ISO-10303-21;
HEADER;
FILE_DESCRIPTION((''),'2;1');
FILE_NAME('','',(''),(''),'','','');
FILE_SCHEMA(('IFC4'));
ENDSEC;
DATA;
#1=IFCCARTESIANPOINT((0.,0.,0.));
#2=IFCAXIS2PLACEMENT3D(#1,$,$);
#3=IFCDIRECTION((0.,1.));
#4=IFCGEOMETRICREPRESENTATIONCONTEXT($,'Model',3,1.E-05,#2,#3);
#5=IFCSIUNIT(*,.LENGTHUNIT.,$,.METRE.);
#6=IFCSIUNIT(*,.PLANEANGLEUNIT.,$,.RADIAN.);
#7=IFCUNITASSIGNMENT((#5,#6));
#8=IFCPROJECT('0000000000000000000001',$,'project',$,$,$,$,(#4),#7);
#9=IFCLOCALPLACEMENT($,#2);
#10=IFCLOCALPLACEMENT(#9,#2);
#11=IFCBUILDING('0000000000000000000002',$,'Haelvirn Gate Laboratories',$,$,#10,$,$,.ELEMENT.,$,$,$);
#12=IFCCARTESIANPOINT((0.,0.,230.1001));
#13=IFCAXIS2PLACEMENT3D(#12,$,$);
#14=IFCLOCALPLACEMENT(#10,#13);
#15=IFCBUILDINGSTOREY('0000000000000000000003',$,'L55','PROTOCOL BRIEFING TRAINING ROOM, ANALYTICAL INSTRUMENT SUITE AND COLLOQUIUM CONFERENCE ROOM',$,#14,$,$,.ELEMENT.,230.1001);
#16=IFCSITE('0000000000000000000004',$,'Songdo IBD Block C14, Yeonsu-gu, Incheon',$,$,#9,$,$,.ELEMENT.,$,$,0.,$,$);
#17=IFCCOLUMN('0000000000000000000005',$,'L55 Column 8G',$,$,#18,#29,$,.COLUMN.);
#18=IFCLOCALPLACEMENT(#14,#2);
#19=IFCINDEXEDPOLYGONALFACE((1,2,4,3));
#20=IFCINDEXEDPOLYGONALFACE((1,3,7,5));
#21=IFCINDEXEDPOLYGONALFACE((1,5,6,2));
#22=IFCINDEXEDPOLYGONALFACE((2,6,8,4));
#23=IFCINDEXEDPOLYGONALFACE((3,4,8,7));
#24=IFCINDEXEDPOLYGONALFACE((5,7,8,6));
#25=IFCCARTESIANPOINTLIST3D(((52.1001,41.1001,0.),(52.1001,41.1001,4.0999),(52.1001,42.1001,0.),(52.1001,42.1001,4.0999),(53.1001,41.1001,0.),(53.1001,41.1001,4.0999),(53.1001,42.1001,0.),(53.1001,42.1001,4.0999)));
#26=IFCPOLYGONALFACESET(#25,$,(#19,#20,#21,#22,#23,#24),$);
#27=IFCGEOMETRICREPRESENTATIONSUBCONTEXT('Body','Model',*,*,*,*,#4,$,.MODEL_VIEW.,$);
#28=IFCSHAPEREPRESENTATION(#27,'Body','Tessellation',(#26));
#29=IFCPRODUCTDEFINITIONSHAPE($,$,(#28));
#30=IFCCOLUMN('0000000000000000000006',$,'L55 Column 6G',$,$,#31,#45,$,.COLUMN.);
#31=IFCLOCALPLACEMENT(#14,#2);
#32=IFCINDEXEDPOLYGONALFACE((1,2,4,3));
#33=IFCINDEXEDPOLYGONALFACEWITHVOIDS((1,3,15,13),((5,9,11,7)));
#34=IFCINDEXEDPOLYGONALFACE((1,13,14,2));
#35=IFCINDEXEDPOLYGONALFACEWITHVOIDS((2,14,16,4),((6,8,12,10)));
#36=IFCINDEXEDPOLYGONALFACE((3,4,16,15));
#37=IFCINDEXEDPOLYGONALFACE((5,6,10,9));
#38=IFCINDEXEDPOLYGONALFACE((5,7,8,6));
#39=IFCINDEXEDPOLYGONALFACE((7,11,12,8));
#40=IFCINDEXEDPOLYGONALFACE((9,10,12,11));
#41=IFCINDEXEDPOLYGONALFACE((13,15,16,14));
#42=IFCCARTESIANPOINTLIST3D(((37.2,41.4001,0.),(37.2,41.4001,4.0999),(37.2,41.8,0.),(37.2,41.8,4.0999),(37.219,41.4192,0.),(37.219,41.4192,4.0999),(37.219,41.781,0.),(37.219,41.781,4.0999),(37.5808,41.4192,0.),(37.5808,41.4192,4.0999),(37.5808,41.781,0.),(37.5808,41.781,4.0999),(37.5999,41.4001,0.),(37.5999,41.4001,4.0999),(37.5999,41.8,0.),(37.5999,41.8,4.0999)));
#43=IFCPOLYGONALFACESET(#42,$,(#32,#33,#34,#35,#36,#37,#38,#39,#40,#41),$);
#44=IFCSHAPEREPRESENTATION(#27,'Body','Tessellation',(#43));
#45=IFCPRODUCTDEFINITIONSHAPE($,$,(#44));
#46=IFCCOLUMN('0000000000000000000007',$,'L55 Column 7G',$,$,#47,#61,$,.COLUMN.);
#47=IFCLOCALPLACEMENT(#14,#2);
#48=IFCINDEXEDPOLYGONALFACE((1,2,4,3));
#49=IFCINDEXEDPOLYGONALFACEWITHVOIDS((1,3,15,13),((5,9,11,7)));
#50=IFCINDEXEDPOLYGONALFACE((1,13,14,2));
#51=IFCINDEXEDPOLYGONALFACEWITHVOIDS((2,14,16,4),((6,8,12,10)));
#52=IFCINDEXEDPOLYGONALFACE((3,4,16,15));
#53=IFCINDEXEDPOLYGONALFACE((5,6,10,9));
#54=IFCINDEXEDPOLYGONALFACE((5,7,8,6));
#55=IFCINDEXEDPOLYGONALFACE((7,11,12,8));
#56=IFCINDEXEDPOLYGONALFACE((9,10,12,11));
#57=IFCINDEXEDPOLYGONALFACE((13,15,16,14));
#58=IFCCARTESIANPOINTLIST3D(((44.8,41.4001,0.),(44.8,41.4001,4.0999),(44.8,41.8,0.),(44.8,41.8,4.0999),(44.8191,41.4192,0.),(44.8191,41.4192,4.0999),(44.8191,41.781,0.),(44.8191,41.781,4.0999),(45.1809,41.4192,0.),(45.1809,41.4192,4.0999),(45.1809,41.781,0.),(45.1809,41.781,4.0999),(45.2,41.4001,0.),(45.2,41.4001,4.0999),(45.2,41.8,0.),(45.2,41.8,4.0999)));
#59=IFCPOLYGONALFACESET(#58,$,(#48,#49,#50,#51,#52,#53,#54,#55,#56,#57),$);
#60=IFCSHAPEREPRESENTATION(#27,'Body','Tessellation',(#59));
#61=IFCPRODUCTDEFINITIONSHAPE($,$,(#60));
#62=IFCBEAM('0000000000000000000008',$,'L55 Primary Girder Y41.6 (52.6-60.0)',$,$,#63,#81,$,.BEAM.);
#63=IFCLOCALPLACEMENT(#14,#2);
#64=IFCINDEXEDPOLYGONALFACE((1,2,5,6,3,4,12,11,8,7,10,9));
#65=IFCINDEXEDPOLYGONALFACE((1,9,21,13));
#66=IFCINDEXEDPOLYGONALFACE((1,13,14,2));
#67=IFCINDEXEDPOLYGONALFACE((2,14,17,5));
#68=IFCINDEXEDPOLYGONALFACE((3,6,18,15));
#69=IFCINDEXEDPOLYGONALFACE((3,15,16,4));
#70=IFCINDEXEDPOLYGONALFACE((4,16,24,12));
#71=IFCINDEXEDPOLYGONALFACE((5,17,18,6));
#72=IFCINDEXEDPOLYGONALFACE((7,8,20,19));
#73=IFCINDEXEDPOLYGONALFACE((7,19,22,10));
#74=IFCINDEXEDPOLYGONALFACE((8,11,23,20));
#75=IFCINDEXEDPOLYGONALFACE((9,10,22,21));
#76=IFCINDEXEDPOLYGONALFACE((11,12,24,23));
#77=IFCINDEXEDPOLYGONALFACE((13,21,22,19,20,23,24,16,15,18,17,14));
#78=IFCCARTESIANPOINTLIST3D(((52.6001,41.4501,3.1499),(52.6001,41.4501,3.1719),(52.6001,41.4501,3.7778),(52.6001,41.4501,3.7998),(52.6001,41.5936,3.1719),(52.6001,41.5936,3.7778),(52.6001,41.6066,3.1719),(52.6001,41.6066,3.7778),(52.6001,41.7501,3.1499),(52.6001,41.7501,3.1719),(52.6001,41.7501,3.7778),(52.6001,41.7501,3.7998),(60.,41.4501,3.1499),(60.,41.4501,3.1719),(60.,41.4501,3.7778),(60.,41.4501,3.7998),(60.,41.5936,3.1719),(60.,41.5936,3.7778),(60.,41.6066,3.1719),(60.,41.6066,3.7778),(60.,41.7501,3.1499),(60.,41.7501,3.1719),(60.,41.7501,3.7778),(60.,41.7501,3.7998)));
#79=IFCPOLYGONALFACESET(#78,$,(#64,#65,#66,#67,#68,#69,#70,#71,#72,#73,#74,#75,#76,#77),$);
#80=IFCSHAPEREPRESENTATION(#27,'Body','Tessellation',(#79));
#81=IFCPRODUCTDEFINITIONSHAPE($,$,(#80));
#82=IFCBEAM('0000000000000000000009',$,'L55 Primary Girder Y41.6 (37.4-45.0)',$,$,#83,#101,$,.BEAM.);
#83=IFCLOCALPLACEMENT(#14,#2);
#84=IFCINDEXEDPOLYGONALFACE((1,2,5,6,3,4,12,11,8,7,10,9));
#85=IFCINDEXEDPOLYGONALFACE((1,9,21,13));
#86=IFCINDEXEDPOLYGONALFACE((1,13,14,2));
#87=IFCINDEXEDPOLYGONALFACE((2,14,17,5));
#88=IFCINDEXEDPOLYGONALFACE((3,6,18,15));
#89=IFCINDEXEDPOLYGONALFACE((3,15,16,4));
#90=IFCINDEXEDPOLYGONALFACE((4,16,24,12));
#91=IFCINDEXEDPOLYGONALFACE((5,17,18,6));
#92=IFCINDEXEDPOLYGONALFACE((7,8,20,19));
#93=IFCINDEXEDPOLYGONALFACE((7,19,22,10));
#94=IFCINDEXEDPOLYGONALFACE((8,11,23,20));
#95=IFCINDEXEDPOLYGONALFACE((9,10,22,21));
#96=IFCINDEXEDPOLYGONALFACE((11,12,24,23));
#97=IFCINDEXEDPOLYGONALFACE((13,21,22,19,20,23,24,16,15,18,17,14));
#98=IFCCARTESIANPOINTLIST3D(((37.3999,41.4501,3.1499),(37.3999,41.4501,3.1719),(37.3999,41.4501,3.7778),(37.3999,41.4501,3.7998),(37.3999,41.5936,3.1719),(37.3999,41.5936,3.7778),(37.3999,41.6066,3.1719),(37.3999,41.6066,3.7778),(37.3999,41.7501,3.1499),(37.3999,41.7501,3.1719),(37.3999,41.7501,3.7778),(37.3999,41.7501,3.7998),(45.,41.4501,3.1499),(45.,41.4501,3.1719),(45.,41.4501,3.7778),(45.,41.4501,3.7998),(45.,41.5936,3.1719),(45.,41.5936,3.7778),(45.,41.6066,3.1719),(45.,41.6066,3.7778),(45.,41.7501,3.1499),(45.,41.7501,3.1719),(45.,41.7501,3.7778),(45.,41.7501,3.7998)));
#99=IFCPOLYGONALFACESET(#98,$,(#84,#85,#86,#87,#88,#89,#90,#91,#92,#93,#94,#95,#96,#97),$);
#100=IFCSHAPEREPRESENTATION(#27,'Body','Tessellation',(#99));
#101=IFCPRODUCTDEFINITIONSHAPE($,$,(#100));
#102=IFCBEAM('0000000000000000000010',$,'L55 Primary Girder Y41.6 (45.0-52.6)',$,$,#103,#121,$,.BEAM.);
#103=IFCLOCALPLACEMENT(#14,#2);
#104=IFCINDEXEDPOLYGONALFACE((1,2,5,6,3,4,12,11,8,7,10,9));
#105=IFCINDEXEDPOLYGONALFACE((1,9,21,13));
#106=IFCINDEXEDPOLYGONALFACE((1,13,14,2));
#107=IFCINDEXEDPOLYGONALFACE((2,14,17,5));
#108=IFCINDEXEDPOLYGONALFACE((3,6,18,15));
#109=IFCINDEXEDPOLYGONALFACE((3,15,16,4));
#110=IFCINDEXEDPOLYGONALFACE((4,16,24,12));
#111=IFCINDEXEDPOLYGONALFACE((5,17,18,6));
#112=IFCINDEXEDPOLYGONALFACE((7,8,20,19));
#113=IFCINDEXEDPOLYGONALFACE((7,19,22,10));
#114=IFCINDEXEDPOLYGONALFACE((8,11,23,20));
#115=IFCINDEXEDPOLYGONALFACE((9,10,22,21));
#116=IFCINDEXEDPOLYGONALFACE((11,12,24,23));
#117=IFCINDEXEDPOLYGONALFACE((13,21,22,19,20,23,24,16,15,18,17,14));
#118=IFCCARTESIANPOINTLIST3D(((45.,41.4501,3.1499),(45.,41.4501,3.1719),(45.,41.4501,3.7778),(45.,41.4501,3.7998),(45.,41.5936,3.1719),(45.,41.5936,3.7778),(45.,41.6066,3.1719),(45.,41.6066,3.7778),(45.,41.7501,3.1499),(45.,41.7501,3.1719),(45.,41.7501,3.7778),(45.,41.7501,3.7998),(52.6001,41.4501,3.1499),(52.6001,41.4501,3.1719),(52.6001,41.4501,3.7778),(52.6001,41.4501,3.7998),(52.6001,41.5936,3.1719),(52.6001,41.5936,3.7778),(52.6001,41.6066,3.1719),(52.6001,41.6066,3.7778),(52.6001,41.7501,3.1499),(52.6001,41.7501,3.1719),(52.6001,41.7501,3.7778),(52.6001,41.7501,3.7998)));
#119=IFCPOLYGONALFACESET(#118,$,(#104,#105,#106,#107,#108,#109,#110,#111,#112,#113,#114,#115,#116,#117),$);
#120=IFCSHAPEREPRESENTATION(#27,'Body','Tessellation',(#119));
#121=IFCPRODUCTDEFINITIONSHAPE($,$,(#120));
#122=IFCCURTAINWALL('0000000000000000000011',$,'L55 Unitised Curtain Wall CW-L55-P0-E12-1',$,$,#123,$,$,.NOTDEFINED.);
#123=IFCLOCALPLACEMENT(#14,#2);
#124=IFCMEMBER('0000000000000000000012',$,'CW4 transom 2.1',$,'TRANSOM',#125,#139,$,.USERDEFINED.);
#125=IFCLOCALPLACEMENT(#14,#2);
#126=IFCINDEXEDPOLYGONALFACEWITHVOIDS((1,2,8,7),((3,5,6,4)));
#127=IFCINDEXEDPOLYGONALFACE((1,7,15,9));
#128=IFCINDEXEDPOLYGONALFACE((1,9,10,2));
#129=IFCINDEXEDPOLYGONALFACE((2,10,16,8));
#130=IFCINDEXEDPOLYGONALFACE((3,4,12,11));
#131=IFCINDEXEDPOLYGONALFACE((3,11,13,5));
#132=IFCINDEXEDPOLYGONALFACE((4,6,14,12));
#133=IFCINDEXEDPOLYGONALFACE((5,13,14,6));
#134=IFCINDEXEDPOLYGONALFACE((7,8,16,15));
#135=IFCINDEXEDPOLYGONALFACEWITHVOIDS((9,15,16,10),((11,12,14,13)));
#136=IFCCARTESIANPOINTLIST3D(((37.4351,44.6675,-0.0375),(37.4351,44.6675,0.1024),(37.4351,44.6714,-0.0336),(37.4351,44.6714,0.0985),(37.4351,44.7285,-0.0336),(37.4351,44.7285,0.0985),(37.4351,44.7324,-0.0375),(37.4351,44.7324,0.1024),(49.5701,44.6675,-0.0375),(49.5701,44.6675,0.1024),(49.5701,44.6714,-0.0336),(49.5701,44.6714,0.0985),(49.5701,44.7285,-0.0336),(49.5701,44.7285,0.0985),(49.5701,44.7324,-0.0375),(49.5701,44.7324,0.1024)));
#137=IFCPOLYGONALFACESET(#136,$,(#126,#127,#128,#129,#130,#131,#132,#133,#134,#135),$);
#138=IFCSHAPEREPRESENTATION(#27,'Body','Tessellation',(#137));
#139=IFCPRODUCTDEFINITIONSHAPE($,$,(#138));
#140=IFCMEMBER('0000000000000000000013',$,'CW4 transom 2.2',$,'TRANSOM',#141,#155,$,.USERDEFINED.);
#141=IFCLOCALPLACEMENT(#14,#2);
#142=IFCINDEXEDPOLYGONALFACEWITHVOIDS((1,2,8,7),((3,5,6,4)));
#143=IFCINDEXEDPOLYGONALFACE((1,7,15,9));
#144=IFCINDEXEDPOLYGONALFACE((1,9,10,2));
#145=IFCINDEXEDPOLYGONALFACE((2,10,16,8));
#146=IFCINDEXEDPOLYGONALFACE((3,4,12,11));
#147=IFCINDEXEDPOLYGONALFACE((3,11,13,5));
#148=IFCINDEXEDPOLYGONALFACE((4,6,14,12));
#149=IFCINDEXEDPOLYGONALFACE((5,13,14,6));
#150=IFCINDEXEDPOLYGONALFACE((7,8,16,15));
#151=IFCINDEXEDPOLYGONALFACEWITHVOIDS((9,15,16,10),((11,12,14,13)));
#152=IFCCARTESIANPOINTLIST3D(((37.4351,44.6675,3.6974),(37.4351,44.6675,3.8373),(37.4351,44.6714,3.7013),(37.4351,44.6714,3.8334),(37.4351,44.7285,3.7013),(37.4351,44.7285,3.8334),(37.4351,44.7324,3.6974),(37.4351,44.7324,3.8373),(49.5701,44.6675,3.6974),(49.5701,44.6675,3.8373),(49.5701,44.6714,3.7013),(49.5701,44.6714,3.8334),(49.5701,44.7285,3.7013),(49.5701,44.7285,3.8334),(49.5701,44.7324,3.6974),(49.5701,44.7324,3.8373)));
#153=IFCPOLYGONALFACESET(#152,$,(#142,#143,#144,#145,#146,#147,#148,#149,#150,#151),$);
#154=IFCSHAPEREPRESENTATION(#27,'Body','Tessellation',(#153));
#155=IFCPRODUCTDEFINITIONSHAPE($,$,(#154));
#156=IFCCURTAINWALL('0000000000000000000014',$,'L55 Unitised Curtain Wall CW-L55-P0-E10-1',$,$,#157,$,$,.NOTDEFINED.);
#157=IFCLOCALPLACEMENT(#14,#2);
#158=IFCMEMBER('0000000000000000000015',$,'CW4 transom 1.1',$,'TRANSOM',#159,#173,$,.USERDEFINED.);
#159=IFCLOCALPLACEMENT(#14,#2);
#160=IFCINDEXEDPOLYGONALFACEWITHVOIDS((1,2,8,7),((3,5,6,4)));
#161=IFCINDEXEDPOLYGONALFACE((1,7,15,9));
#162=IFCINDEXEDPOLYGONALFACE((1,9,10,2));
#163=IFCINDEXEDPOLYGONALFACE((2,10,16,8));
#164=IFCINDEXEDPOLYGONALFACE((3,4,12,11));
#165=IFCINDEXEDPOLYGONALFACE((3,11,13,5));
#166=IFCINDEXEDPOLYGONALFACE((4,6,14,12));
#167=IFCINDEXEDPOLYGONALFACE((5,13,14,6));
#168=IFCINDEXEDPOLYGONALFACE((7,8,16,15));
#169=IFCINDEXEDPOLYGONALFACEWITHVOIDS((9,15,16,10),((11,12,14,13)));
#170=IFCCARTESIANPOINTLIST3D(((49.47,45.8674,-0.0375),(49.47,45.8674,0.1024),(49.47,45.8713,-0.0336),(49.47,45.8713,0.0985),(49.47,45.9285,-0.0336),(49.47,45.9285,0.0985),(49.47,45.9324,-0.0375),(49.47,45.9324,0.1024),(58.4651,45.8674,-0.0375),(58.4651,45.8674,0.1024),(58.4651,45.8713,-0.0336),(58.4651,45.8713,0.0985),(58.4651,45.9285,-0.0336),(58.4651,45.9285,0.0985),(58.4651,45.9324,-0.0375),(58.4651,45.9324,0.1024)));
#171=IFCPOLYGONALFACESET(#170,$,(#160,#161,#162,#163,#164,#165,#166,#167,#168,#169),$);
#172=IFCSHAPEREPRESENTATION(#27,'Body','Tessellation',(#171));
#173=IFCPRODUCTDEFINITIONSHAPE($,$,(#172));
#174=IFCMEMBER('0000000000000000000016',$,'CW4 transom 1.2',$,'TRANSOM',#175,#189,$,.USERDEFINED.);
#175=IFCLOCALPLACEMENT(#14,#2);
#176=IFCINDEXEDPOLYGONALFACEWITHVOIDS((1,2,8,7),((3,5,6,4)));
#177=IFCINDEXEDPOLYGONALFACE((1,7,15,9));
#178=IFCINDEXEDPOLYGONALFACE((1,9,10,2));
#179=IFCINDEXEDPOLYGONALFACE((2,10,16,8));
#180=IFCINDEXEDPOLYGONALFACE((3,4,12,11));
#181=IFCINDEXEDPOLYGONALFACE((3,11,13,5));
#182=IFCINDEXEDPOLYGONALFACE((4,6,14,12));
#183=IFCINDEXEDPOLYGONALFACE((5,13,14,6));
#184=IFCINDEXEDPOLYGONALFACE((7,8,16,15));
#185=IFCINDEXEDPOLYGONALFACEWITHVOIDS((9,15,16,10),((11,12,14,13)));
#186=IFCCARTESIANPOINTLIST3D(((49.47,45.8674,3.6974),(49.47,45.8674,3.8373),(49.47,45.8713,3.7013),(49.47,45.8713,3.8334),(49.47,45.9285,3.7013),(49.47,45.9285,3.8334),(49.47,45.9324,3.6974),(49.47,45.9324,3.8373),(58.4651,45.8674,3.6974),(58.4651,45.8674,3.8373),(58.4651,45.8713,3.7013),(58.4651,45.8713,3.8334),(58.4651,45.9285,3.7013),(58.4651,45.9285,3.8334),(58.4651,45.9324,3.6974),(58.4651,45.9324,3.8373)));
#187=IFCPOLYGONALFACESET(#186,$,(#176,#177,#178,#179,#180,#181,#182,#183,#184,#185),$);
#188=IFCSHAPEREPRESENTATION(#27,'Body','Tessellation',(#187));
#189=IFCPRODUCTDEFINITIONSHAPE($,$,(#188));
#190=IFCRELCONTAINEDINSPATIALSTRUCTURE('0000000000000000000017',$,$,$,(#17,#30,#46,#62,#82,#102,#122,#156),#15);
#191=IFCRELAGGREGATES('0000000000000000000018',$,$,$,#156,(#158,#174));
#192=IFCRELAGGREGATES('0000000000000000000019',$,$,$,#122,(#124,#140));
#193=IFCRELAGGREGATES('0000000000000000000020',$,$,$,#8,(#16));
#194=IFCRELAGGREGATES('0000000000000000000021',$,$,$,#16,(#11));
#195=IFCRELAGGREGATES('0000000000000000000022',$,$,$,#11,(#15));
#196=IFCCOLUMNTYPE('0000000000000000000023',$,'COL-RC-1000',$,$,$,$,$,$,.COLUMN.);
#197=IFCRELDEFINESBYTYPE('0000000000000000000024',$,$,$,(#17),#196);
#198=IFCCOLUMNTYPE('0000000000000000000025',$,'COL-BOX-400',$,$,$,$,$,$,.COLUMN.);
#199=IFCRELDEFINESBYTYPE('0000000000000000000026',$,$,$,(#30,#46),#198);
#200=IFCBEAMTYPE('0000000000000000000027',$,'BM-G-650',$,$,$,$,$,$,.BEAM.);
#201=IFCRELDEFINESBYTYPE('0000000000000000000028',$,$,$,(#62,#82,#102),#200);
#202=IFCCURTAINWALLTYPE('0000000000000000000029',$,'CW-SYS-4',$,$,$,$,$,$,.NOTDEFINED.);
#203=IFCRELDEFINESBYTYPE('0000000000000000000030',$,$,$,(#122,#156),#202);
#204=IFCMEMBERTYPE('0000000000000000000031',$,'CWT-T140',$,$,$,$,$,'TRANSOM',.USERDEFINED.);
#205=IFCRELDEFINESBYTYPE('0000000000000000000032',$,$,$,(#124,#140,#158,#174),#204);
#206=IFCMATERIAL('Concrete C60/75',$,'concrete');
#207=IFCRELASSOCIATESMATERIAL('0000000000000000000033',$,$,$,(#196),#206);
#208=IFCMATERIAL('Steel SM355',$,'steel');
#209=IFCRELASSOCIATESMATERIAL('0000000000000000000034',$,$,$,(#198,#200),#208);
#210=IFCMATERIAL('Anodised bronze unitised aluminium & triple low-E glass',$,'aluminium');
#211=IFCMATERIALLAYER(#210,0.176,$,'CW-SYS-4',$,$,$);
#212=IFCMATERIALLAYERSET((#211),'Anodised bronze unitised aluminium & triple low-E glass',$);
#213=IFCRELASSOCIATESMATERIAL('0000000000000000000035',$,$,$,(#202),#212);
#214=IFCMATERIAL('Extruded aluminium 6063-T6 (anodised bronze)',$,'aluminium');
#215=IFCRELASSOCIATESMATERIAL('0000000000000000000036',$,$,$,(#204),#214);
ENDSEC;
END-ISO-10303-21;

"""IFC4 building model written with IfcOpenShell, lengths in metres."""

from ifc_helpers import new_model, si_unit, direction, frame, origin, origin_2d, place, context, subcontext, project, spatial, rectangle, hollow_rectangle, i_section, extrude, source, transform, mapped, material, layer, layer_set, material_profile, profile_set, type_object, type_shapes, element, aggregate, save


model = new_model("IFC4")

# Units and contexts
model_context = context("Model", 3, precision=1e-05, world=origin(), true_north=direction((0.0, 1.0)))
body_context = subcontext(model_context, "Body", "Model", "MODEL_VIEW")
ifc_project = project(units=[si_unit("LENGTHUNIT", "METRE"), si_unit("PLANEANGLEUNIT", "RADIAN")], contexts=[model_context])

# Site, building, storey
site_placement = place(None, origin())
site = spatial("IfcSite", under=ifc_project, at=site_placement, Name="Songdo IBD Block C14, Yeonsu-gu, Incheon", CompositionType="ELEMENT", RefElevation=0.0)
building_placement = place(site_placement, origin())
building = spatial("IfcBuilding", under=site, at=building_placement, Name="Haelvirn Gate Laboratories", CompositionType="ELEMENT")
storey_placement = place(building_placement, frame((0.0, 0.0, 230.1001)))
storey = spatial("IfcBuildingStorey", under=building, at=storey_placement, Name="L55", Description="PROTOCOL BRIEFING TRAINING ROOM, ANALYTICAL INSTRUMENT SUITE AND COLLOQUIUM CONFERENCE ROOM", CompositionType="ELEMENT", Elevation=230.1001)

# Columns
ifc_material_1 = material(Name="Concrete C60/75", Category="concrete")
ifc_material_profile_1 = material_profile(ifc_material_1, rectangle(XDim=1.0, YDim=1.0, at=origin_2d()), Name="RC-1000x1000")
ifc_profile_set_1 = profile_set([ifc_material_profile_1], Name="Concrete C60/75")
column_type_1 = type_object("IfcColumnType", Name="COL-RC-1000", PredefinedType="COLUMN", material=ifc_profile_set_1)
shared_shape_1 = source(origin(), body_context, "Body", "SweptSolid", [
    extrude(rectangle(XDim=1.0, YDim=1.0, at=origin_2d()), origin(), (0.0, 0.0, 1.0), 4.0999),
])
type_shapes(column_type_1, [shared_shape_1])
column_placement = place(storey_placement, frame((52.6001, 41.6001, 0.0), z_axis=(0.0, 0.0, 1.0), x_axis=(1.0, 0.0, 0.0)))
element("IfcColumn", 1, at=column_placement, inside=storey, type_object=column_type_1, Name="L55 Column 8G", PredefinedType="COLUMN", context=body_context, shape_type="MappedRepresentation", body=[
    mapped(shared_shape_1, transform((0.0, 0.0, 0.0), scale=1.0)),
])
ifc_material_2 = material(Name="Steel SM355", Category="steel")
ifc_material_profile_2 = material_profile(ifc_material_2, hollow_rectangle(XDim=0.3999, YDim=0.3999, WallThickness=0.019, at=origin_2d()), Name="BOX-400x400x19")
ifc_profile_set_2 = profile_set([ifc_material_profile_2], Name="Steel SM355")
column_type_2 = type_object("IfcColumnType", Name="COL-BOX-400", PredefinedType="COLUMN", material=ifc_profile_set_2)
shared_shape_2 = source(origin(), body_context, "Body", "SweptSolid", [
    extrude(hollow_rectangle(XDim=0.3999, YDim=0.3999, WallThickness=0.019, at=origin_2d()), origin(), (0.0, 0.0, 1.0), 4.0999),
])
type_shapes(column_type_2, [shared_shape_2])
for number, where, z_axis, x_axis, name in (
    (2, (37.3999, 41.6001, 0.0), (0.0, 0.0, 1.0), (1.0, 0.0, 0.0), "L55 Column 6G"),
    (3, (45.0, 41.6001, 0.0), (0.0, 0.0, 1.0), (1.0, 0.0, 0.0), "L55 Column 7G"),
):
    element("IfcColumn", number, at=place(storey_placement, frame(where, z_axis=z_axis, x_axis=x_axis)), inside=storey, type_object=column_type_2, Name=name, PredefinedType="COLUMN", context=body_context, shape_type="MappedRepresentation", body=[
        mapped(shared_shape_2, transform((0.0, 0.0, 0.0), scale=1.0)),
    ])

# Beams
ifc_material_profile_3 = material_profile(ifc_material_2, i_section(OverallWidth=0.3, OverallDepth=0.6499, WebThickness=0.0129, FlangeThickness=0.022, at=origin_2d()), Name="H-650x300x13x22")
ifc_profile_set_3 = profile_set([ifc_material_profile_3], Name="Steel SM355")
beam_type = type_object("IfcBeamType", Name="BM-G-650", PredefinedType="BEAM", material=ifc_profile_set_3)
shared_shape_3 = source(origin(), body_context, "Body", "SweptSolid", [
    extrude(i_section(OverallWidth=0.3, OverallDepth=0.6499, WebThickness=0.0129, FlangeThickness=0.022, at=origin_2d()), origin(), (0.0, 0.0, 1.0), 7.3999),
])
beam_placement = place(storey_placement, frame((52.6001, 41.6001, 3.4749), z_axis=(1.0, 0.0, 0.0), x_axis=(0.0, 1.0, 0.0)))
element("IfcBeam", 4, at=beam_placement, inside=storey, type_object=beam_type, Name="L55 Primary Girder Y41.6 (52.6-60.0)", PredefinedType="BEAM", context=body_context, shape_type="MappedRepresentation", body=[
    mapped(shared_shape_3, transform((0.0, 0.0, 0.0), scale=1.0)),
])
shared_shape_4 = source(origin(), body_context, "Body", "SweptSolid", [
    extrude(i_section(OverallWidth=0.3, OverallDepth=0.6499, WebThickness=0.0129, FlangeThickness=0.022, at=origin_2d()), origin(), (0.0, 0.0, 1.0), 7.6001),
])
type_shapes(beam_type, [shared_shape_3, shared_shape_4])
for number, where, z_axis, x_axis, name in (
    (5, (37.3999, 41.6001, 3.4749), (1.0, 0.0, 0.0), (0.0, 1.0, 0.0), "L55 Primary Girder Y41.6 (37.4-45.0)"),
    (6, (45.0, 41.6001, 3.4749), (1.0, 0.0, 0.0), (0.0, 1.0, 0.0), "L55 Primary Girder Y41.6 (45.0-52.6)"),
):
    element("IfcBeam", number, at=place(storey_placement, frame(where, z_axis=z_axis, x_axis=x_axis)), inside=storey, type_object=beam_type, Name=name, PredefinedType="BEAM", context=body_context, shape_type="MappedRepresentation", body=[
        mapped(shared_shape_4, transform((0.0, 0.0, 0.0), scale=1.0)),
    ])

# Curtain walls, members
ifc_material_3 = material(Name="Anodised bronze unitised aluminium & triple low-E glass", Category="aluminium")
ifc_layer_1 = layer(ifc_material_3, 0.176, Name="CW-SYS-4")
ifc_layer_set_1 = layer_set([ifc_layer_1], Name="Anodised bronze unitised aluminium & triple low-E glass")
curtain_wall_type = type_object("IfcCurtainWallType", Name="CW-SYS-4", PredefinedType="NOTDEFINED", material=ifc_layer_set_1)
curtain_wall_1_placement = place(storey_placement, origin())
curtain_wall_1 = element("IfcCurtainWall", 7, at=curtain_wall_1_placement, inside=storey, type_object=curtain_wall_type, Name="L55 Unitised Curtain Wall CW-L55-P0-E12-1", PredefinedType="NOTDEFINED")
ifc_material_4 = material(Name="Extruded aluminium 6063-T6 (anodised bronze)", Category="aluminium")
ifc_material_profile_4 = material_profile(ifc_material_4, hollow_rectangle(XDim=0.0649, YDim=0.1399, WallThickness=0.0039, at=origin_2d()), Name="CWT-140x65x4")
ifc_profile_set_4 = profile_set([ifc_material_profile_4], Name="Extruded aluminium 6063-T6 (anodised bronze)")
member_type_1 = type_object("IfcMemberType", Name="CWT-T140", ElementType="TRANSOM", PredefinedType="USERDEFINED", material=ifc_profile_set_4)
shared_shape_5 = source(origin(), body_context, "Body", "SweptSolid", [
    extrude(hollow_rectangle(XDim=0.0649, YDim=0.1399, WallThickness=0.0039, at=origin_2d()), origin(), (0.0, 0.0, 1.0), 12.135),
])
member_1_placement = place(storey_placement, frame((37.4351, 44.7, 0.0325), z_axis=(1.0, 0.0, 0.0), x_axis=(0.0, 1.0, 0.0)))
member_1 = element("IfcMember", 8, at=member_1_placement, type_object=member_type_1, Name="CW4 transom 2.1", ObjectType="TRANSOM", PredefinedType="USERDEFINED", context=body_context, shape_type="MappedRepresentation", body=[
    mapped(shared_shape_5, transform((0.0, 0.0, 0.0), scale=1.0)),
])
member_2_placement = place(storey_placement, frame((37.4351, 44.7, 3.7673), z_axis=(1.0, 0.0, 0.0), x_axis=(0.0, 1.0, 0.0)))
member_2 = element("IfcMember", 9, at=member_2_placement, type_object=member_type_1, Name="CW4 transom 2.2", ObjectType="TRANSOM", PredefinedType="USERDEFINED", context=body_context, shape_type="MappedRepresentation", body=[
    mapped(shared_shape_5, transform((0.0, 0.0, 0.0), scale=1.0)),
])
curtain_wall_2_placement = place(storey_placement, origin())
curtain_wall_2 = element("IfcCurtainWall", 10, at=curtain_wall_2_placement, inside=storey, type_object=curtain_wall_type, Name="L55 Unitised Curtain Wall CW-L55-P0-E10-1", PredefinedType="NOTDEFINED")
shared_shape_6 = source(origin(), body_context, "Body", "SweptSolid", [
    extrude(hollow_rectangle(XDim=0.0649, YDim=0.1399, WallThickness=0.0039, at=origin_2d()), origin(), (0.0, 0.0, 1.0), 8.9951),
])
type_shapes(member_type_1, [shared_shape_5, shared_shape_6])
member_3_placement = place(storey_placement, frame((49.47, 45.8999, 0.0325), z_axis=(1.0, 0.0, 0.0), x_axis=(0.0, 1.0, 0.0)))
member_3 = element("IfcMember", 11, at=member_3_placement, type_object=member_type_1, Name="CW4 transom 1.1", ObjectType="TRANSOM", PredefinedType="USERDEFINED", context=body_context, shape_type="MappedRepresentation", body=[
    mapped(shared_shape_6, transform((0.0, 0.0, 0.0), scale=1.0)),
])
member_4_placement = place(storey_placement, frame((49.47, 45.8999, 3.7673), z_axis=(1.0, 0.0, 0.0), x_axis=(0.0, 1.0, 0.0)))
member_4 = element("IfcMember", 12, at=member_4_placement, type_object=member_type_1, Name="CW4 transom 1.2", ObjectType="TRANSOM", PredefinedType="USERDEFINED", context=body_context, shape_type="MappedRepresentation", body=[
    mapped(shared_shape_6, transform((0.0, 0.0, 0.0), scale=1.0)),
])

aggregate(curtain_wall_2, [member_3, member_4])
aggregate(curtain_wall_1, [member_1, member_2])

save(model, "model.ifc")
